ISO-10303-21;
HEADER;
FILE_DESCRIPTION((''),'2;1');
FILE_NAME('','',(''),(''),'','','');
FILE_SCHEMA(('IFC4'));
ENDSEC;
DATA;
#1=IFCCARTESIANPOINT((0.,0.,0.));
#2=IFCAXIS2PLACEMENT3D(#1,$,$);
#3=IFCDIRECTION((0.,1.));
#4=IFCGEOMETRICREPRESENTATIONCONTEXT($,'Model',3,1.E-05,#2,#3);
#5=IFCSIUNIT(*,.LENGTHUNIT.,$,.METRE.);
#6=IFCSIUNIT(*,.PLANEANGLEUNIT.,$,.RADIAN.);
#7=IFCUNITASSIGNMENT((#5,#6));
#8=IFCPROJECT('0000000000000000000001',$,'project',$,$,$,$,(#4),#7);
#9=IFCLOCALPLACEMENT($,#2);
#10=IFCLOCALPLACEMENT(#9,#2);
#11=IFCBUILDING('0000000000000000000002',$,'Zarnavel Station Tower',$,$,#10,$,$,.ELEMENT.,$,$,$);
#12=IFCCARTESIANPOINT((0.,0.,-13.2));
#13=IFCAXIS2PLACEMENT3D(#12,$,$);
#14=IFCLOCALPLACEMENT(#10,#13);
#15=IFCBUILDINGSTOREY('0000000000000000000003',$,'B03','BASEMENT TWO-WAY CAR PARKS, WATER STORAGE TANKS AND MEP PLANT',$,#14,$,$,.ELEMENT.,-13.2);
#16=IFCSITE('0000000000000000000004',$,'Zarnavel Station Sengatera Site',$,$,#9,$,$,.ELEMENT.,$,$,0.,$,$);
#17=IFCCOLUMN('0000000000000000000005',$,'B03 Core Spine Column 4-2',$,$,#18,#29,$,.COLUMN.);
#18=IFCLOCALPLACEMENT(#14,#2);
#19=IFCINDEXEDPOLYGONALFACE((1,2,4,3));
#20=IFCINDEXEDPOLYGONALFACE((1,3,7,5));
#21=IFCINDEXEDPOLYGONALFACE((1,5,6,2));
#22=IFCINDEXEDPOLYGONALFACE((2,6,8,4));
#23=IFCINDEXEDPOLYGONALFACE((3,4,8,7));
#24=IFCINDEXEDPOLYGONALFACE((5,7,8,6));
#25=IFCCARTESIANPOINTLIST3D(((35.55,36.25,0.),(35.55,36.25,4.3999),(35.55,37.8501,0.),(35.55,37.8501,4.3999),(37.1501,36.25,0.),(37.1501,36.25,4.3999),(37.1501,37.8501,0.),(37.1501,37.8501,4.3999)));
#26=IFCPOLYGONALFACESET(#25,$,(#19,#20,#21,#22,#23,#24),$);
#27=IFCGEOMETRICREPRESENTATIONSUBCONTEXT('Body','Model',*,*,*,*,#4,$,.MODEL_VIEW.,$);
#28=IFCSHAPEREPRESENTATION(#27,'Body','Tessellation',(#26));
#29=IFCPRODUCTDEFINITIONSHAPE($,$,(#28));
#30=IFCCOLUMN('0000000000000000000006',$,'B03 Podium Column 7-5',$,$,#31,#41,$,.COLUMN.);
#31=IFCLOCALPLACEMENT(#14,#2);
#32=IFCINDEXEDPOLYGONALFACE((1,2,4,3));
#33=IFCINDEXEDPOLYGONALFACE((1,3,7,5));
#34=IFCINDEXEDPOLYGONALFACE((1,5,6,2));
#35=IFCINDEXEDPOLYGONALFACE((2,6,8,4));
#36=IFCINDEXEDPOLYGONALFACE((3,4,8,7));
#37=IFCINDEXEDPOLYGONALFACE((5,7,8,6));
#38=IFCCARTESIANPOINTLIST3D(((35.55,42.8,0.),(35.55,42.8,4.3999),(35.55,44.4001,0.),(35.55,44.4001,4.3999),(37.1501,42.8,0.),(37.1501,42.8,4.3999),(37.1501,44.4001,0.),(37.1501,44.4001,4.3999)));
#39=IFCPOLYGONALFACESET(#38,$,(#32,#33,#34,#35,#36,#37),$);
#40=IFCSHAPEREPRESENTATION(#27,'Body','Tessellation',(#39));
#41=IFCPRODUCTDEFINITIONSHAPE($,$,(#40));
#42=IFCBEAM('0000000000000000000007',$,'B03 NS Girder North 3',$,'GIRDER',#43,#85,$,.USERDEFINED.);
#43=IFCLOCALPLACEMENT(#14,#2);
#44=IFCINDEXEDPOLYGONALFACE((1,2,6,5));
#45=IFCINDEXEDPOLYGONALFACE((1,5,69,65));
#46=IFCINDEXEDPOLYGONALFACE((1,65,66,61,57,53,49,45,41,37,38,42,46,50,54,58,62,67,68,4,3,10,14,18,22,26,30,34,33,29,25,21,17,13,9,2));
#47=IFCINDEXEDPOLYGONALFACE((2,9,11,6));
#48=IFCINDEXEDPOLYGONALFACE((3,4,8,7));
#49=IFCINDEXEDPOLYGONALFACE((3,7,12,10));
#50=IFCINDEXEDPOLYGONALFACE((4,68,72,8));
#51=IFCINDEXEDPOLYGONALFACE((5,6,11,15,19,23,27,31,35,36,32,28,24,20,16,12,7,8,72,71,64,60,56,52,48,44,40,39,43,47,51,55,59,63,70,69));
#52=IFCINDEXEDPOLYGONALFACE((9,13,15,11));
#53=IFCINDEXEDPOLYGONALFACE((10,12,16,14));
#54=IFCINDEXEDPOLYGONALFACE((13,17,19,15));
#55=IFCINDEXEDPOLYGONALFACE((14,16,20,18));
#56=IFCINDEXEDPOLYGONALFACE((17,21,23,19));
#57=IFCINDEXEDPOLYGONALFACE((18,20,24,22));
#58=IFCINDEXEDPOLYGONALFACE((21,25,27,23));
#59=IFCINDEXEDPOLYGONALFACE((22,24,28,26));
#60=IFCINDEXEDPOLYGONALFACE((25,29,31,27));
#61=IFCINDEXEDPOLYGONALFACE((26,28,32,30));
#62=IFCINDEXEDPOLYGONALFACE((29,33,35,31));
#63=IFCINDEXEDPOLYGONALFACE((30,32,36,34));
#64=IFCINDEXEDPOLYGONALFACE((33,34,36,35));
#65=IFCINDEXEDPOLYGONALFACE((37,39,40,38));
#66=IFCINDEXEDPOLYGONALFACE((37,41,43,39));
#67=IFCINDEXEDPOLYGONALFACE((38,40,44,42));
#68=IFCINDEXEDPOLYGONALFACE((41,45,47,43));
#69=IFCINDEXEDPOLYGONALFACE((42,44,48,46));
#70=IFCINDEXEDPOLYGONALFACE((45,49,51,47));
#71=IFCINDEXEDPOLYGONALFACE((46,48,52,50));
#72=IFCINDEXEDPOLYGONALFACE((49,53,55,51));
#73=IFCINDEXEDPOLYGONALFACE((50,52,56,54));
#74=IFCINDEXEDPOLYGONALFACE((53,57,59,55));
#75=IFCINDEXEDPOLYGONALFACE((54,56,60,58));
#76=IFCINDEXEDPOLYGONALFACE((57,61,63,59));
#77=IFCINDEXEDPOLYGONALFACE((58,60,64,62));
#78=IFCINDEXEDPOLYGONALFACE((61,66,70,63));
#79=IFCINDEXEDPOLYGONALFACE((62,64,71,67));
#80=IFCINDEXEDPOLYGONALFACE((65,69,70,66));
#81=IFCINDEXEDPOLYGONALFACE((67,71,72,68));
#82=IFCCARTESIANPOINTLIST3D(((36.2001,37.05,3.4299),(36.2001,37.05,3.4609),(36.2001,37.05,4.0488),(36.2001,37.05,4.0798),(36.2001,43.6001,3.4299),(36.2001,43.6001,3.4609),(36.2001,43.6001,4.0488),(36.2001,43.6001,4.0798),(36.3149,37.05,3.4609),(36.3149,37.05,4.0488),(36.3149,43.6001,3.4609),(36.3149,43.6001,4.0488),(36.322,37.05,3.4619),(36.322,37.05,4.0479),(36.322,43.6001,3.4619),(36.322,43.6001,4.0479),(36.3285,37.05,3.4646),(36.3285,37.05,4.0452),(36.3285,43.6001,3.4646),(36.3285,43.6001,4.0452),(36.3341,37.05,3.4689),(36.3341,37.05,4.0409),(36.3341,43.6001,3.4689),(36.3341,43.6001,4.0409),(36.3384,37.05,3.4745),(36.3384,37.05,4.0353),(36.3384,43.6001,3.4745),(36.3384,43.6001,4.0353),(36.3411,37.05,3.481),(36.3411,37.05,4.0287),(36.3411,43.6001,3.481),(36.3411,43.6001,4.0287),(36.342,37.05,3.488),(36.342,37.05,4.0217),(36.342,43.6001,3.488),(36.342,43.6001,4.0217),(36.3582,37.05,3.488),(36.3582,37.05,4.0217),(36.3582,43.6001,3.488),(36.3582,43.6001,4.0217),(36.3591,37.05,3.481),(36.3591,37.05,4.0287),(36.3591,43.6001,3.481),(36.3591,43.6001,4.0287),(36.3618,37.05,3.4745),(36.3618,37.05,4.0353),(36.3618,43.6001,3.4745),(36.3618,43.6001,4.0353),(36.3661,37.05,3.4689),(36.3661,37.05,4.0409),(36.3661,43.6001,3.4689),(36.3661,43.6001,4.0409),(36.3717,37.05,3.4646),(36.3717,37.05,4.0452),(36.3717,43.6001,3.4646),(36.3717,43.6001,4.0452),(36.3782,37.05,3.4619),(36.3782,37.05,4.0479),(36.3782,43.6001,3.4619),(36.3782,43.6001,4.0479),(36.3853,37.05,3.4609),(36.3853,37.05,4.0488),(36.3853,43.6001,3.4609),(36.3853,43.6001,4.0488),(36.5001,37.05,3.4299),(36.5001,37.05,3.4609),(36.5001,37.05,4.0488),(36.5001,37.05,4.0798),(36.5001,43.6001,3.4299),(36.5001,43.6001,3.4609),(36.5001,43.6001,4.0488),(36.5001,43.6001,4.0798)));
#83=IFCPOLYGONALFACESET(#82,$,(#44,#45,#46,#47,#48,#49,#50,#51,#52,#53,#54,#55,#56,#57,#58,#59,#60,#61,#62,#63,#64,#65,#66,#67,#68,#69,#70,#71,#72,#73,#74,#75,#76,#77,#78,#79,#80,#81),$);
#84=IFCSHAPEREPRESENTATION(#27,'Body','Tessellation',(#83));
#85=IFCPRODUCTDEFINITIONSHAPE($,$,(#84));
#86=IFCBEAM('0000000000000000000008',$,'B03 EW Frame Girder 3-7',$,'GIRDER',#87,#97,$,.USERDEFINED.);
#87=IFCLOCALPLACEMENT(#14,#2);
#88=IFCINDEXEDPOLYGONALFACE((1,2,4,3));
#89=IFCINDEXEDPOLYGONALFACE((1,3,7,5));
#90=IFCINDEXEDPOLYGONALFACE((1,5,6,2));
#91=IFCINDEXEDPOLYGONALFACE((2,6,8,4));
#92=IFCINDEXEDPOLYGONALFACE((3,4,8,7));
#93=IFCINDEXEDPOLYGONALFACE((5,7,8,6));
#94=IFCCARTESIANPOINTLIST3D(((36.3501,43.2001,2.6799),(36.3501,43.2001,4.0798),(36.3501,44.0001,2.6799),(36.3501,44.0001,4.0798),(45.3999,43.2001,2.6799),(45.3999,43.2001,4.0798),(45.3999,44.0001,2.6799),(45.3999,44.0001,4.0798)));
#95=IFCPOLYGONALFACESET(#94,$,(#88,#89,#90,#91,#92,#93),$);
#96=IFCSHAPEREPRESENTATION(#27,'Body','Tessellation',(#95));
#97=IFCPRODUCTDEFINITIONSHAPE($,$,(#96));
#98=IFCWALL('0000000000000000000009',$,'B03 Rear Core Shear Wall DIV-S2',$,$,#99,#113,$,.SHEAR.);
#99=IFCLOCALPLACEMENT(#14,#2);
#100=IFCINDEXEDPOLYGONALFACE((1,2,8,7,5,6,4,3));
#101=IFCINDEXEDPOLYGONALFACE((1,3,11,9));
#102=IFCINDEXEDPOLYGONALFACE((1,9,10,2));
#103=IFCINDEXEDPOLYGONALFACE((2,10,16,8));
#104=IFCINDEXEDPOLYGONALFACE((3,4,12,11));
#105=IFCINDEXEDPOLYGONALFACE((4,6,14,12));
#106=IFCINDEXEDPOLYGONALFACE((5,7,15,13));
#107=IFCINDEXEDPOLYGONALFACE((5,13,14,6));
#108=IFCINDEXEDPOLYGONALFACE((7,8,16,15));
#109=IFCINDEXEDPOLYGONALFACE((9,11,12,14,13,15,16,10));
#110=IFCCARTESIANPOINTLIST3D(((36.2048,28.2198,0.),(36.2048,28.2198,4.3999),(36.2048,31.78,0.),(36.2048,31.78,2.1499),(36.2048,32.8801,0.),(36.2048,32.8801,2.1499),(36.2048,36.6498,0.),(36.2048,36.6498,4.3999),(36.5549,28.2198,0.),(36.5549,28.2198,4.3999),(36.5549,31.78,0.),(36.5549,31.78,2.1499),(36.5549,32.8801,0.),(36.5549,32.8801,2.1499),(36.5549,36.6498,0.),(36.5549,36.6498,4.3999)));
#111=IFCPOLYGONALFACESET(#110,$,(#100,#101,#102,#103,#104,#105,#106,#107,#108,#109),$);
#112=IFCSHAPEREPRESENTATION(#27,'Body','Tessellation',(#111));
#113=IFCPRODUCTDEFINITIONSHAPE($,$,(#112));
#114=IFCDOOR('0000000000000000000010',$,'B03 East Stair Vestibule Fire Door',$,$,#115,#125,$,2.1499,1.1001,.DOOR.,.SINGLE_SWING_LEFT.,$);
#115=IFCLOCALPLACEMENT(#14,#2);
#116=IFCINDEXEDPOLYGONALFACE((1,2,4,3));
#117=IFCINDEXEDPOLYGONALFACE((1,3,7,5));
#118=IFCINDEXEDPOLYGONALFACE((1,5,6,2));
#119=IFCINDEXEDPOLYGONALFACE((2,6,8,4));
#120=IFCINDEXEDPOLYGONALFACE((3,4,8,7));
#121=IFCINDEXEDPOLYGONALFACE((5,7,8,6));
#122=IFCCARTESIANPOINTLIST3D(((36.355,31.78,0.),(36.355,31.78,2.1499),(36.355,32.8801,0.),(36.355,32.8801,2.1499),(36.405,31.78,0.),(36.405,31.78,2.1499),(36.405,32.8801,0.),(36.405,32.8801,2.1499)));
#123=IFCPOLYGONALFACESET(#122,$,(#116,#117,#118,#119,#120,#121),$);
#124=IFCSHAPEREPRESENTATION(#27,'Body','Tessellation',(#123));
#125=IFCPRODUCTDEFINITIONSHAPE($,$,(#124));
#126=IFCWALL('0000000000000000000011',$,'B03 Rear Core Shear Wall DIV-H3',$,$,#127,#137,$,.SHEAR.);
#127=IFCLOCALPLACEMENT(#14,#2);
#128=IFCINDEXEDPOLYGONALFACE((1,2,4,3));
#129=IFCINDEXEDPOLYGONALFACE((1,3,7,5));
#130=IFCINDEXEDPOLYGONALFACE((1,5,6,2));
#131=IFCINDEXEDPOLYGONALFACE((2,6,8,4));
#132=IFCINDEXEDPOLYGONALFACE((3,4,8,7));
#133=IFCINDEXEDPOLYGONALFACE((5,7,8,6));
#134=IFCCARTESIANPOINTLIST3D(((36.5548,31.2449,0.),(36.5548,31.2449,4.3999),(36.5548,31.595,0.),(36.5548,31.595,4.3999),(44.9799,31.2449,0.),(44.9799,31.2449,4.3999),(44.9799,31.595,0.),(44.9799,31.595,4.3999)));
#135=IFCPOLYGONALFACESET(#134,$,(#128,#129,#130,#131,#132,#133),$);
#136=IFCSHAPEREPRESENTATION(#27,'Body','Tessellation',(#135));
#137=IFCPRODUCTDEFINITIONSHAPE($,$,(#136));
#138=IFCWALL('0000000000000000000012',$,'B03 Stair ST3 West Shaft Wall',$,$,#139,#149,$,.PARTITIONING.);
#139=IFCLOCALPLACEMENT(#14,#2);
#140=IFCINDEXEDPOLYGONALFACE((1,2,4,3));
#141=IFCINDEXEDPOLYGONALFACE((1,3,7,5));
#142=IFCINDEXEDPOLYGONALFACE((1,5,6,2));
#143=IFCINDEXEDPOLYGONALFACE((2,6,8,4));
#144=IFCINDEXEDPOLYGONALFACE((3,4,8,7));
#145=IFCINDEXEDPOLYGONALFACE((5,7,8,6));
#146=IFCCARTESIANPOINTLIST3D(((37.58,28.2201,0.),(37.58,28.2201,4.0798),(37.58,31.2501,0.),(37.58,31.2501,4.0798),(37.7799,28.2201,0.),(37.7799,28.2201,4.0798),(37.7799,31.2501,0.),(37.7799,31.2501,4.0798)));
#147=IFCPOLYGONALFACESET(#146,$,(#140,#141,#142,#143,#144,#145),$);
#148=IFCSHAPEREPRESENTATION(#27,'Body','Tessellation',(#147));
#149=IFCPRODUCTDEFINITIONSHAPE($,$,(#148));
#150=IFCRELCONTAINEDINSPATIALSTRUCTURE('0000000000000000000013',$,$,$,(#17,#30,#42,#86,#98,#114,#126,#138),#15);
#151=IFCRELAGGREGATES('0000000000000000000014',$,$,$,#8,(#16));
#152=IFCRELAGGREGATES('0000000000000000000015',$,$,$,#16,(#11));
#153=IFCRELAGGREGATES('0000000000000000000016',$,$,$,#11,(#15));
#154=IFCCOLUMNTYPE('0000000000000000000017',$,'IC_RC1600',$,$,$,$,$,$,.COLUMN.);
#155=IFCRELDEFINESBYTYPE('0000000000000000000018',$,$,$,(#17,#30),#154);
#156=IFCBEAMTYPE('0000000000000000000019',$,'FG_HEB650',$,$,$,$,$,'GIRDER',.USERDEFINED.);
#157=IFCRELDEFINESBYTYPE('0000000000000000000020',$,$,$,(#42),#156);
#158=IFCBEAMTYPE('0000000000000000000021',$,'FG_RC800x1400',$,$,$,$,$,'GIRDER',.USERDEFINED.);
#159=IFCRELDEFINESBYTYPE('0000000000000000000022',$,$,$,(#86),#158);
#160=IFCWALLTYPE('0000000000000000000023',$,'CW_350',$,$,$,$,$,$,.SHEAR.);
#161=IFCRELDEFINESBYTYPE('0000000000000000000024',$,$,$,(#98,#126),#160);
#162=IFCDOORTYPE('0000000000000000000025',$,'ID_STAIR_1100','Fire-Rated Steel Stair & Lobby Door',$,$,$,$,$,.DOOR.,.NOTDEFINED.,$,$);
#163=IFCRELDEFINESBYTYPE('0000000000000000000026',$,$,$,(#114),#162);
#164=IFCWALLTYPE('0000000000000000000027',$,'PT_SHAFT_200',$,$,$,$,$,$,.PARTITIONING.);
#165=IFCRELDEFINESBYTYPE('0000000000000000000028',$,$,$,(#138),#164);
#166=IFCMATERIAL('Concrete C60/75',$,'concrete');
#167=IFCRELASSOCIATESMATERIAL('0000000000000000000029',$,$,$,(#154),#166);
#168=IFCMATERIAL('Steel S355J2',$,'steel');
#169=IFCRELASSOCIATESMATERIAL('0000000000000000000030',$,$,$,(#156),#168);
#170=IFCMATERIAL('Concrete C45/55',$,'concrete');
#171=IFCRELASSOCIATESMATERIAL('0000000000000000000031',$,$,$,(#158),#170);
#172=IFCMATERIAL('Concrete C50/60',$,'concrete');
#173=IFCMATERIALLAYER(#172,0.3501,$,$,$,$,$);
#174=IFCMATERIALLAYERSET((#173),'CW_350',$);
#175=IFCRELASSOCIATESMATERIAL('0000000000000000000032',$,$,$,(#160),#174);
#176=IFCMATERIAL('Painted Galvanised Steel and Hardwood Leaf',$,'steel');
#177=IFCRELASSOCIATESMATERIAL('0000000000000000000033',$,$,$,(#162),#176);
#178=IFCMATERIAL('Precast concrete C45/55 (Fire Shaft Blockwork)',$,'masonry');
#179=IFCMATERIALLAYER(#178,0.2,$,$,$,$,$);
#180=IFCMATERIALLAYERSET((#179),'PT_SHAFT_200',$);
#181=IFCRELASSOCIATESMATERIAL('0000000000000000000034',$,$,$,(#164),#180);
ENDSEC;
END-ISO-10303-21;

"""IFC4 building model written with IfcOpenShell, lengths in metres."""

from ifc_helpers import new_model, si_unit, direction, frame, frame_2d, origin, origin_2d, place, context, subcontext, project, spatial, rectangle, i_section, extrude, material, layer, layer_set, material_profile, profile_set, type_object, element, fill, save


model = new_model("IFC4")

# Units and contexts
model_context = context("Model", 3, precision=1e-05, world=origin(), true_north=direction((0.0, 1.0)))
body_context = subcontext(model_context, "Body", "Model", "MODEL_VIEW")
ifc_project = project(units=[si_unit("LENGTHUNIT", "METRE"), si_unit("PLANEANGLEUNIT", "RADIAN")], contexts=[model_context])

# Site, building, storey
site_placement = place(None, origin())
site = spatial("IfcSite", under=ifc_project, at=site_placement, Name="Zarnavel Station Sengatera Site", CompositionType="ELEMENT", RefElevation=0.0)
building_placement = place(site_placement, origin())
building = spatial("IfcBuilding", under=site, at=building_placement, Name="Zarnavel Station Tower", CompositionType="ELEMENT")
storey_placement = place(building_placement, frame((0.0, 0.0, -13.2)))
storey = spatial("IfcBuildingStorey", under=building, at=storey_placement, Name="B03", Description="BASEMENT TWO-WAY CAR PARKS, WATER STORAGE TANKS AND MEP PLANT", CompositionType="ELEMENT", Elevation=-13.2)

# Columns
ifc_material_1 = material(Name="Concrete C60/75", Category="concrete")
ifc_material_profile_1 = material_profile(ifc_material_1, rectangle(XDim=1.6001, YDim=1.6001, at=origin_2d()), Name="RC1600x1600")
ifc_profile_set_1 = profile_set([ifc_material_profile_1], Name="Concrete C60/75")
column_type = type_object("IfcColumnType", Name="IC_RC1600", PredefinedType="COLUMN", material=ifc_profile_set_1)
for number, where, z_axis, x_axis, name in (
    (1, (36.3501, 37.05, 0.0), (0.0, 0.0, 1.0), (1.0, 0.0, 0.0), "B03 Core Spine Column 4-2"),
    (2, (36.3501, 43.6001, 0.0), (0.0, 0.0, 1.0), (1.0, 0.0, 0.0), "B03 Podium Column 7-5"),
):
    element("IfcColumn", number, at=place(storey_placement, frame(where, z_axis=z_axis, x_axis=x_axis)), inside=storey, type_object=column_type, Name=name, PredefinedType="COLUMN", context=body_context, shape_type="SweptSolid", body=[
        extrude(rectangle(XDim=1.6001, YDim=1.6001, at=origin_2d()), origin(), (0.0, 0.0, 1.0), 4.3999),
    ])

# Beams
ifc_material_2 = material(Name="Steel S355J2", Category="steel")
ifc_material_profile_2 = material_profile(ifc_material_2, i_section(OverallWidth=0.3, OverallDepth=0.6499, WebThickness=0.0161, FlangeThickness=0.031, FilletRadius=0.0271, at=origin_2d()), Name="HEB650")
ifc_profile_set_2 = profile_set([ifc_material_profile_2], Name="Steel S355J2")
beam_type_1 = type_object("IfcBeamType", Name="FG_HEB650", ElementType="GIRDER", PredefinedType="USERDEFINED", material=ifc_profile_set_2)
beam_1_placement = place(storey_placement, frame((36.3501, 37.05, 3.7549), z_axis=(0.0, 1.0, 0.0), x_axis=(-1.0, 0.0, 0.0)))
element("IfcBeam", 3, at=beam_1_placement, inside=storey, type_object=beam_type_1, Name="B03 NS Girder North 3", ObjectType="GIRDER", PredefinedType="USERDEFINED", context=body_context, shape_type="SweptSolid", body=[
    extrude(i_section(OverallWidth=0.3, OverallDepth=0.6499, WebThickness=0.0161, FlangeThickness=0.031, FilletRadius=0.0271, at=origin_2d()), origin(), (0.0, 0.0, 1.0), 6.55),
])
ifc_material_3 = material(Name="Concrete C45/55", Category="concrete")
ifc_material_profile_3 = material_profile(ifc_material_3, rectangle(XDim=0.8, YDim=1.3999, at=origin_2d()), Name="RC800x1400")
ifc_profile_set_3 = profile_set([ifc_material_profile_3], Name="Concrete C45/55")
beam_type_2 = type_object("IfcBeamType", Name="FG_RC800x1400", ElementType="GIRDER", PredefinedType="USERDEFINED", material=ifc_profile_set_3)
beam_2_placement = place(storey_placement, frame((36.3501, 43.6001, 3.3799), z_axis=(1.0, 0.0, 0.0), x_axis=(0.0, 1.0, 0.0)))
element("IfcBeam", 4, at=beam_2_placement, inside=storey, type_object=beam_type_2, Name="B03 EW Frame Girder 3-7", ObjectType="GIRDER", PredefinedType="USERDEFINED", context=body_context, shape_type="SweptSolid", body=[
    extrude(rectangle(XDim=0.8, YDim=1.3999, at=origin_2d()), origin(), (0.0, 0.0, 1.0), 9.0498),
])

# Wall, opening, door
ifc_material_4 = material(Name="Concrete C50/60", Category="concrete")
ifc_layer_1 = layer(ifc_material_4, 0.3501)
ifc_layer_set_1 = layer_set([ifc_layer_1], Name="CW_350")
wall_type_1 = type_object("IfcWallType", Name="CW_350", PredefinedType="SHEAR", material=ifc_layer_set_1)
wall_1_placement = place(storey_placement, frame((36.3799, 28.22, 0.0), z_axis=(0.0, 0.0, 1.0), x_axis=(0.0, 1.0, 0.0)))
wall_1 = element("IfcWall", 5, at=wall_1_placement, inside=storey, type_object=wall_type_1, Name="B03 Rear Core Shear Wall DIV-S2", PredefinedType="SHEAR", context=body_context, shape_type="SweptSolid", body=[
    extrude(rectangle(XDim=8.4299, YDim=0.3501, at=frame_2d((4.2148, 0.0))), origin(), (0.0, 0.0, 1.0), 4.3999),
])
opening_1_placement = place(wall_1_placement, frame((3.5601, 0.0, 0.0)))
opening_1 = element("IfcOpeningElement", 6, at=opening_1_placement, cuts=wall_1, PredefinedType="OPENING", context=body_context, shape_type="SweptSolid", body=[
    extrude(rectangle(XDim=1.1001, YDim=2.1499, at=frame_2d((0.55, 1.075))), frame((0.0, 0.1851, 0.0), z_axis=(0.0, -1.0, 0.0), x_axis=(1.0, 0.0, 0.0)), (0.0, 0.0, 1.0), 0.3701),
])
ifc_material_5 = material(Name="Painted Galvanised Steel and Hardwood Leaf", Category="steel")
door_type_1 = type_object("IfcDoorType", Name="ID_STAIR_1100", Description="Fire-Rated Steel Stair & Lobby Door", OperationType="NOTDEFINED", PredefinedType="DOOR", material=ifc_material_5)
door_1_placement = place(opening_1_placement, origin())
door_1 = element("IfcDoor", 7, at=door_1_placement, inside=storey, type_object=door_type_1, Name="B03 East Stair Vestibule Fire Door", OperationType="SINGLE_SWING_LEFT", OverallHeight=2.1499, OverallWidth=1.1001, PredefinedType="DOOR", context=body_context, shape_type="SweptSolid", body=[
    extrude(rectangle(XDim=1.1001, YDim=2.1499, at=frame_2d((0.55, 1.075))), frame((0.0, 0.0249, 0.0), z_axis=(0.0, -1.0, 0.0), x_axis=(1.0, 0.0, 0.0)), (0.0, 0.0, 1.0), 0.05),
])
fill(opening_1, door_1)

# Walls
wall_2_placement = place(storey_placement, frame((36.5549, 31.4199, 0.0), z_axis=(0.0, 0.0, 1.0), x_axis=(1.0, 0.0, 0.0)))
element("IfcWall", 8, at=wall_2_placement, inside=storey, type_object=wall_type_1, Name="B03 Rear Core Shear Wall DIV-H3", PredefinedType="SHEAR", context=body_context, shape_type="SweptSolid", body=[
    extrude(rectangle(XDim=8.425, YDim=0.3501, at=frame_2d((4.2124, 0.0))), origin(), (0.0, 0.0, 1.0), 4.3999),
])
ifc_material_6 = material(Name="Precast concrete C45/55 (Fire Shaft Blockwork)", Category="masonry")
ifc_layer_2 = layer(ifc_material_6, 0.2)
ifc_layer_set_2 = layer_set([ifc_layer_2], Name="PT_SHAFT_200")
wall_type_2 = type_object("IfcWallType", Name="PT_SHAFT_200", PredefinedType="PARTITIONING", material=ifc_layer_set_2)
wall_3_placement = place(storey_placement, frame((37.6799, 28.22, 0.0), z_axis=(0.0, 0.0, 1.0), x_axis=(0.0, 1.0, 0.0)))
element("IfcWall", 9, at=wall_3_placement, inside=storey, type_object=wall_type_2, Name="B03 Stair ST3 West Shaft Wall", PredefinedType="PARTITIONING", context=body_context, shape_type="SweptSolid", body=[
    extrude(rectangle(XDim=3.03, YDim=0.2, at=frame_2d((1.5151, 0.0))), origin(), (0.0, 0.0, 1.0), 4.0798),
])

save(model, "model.ifc")
